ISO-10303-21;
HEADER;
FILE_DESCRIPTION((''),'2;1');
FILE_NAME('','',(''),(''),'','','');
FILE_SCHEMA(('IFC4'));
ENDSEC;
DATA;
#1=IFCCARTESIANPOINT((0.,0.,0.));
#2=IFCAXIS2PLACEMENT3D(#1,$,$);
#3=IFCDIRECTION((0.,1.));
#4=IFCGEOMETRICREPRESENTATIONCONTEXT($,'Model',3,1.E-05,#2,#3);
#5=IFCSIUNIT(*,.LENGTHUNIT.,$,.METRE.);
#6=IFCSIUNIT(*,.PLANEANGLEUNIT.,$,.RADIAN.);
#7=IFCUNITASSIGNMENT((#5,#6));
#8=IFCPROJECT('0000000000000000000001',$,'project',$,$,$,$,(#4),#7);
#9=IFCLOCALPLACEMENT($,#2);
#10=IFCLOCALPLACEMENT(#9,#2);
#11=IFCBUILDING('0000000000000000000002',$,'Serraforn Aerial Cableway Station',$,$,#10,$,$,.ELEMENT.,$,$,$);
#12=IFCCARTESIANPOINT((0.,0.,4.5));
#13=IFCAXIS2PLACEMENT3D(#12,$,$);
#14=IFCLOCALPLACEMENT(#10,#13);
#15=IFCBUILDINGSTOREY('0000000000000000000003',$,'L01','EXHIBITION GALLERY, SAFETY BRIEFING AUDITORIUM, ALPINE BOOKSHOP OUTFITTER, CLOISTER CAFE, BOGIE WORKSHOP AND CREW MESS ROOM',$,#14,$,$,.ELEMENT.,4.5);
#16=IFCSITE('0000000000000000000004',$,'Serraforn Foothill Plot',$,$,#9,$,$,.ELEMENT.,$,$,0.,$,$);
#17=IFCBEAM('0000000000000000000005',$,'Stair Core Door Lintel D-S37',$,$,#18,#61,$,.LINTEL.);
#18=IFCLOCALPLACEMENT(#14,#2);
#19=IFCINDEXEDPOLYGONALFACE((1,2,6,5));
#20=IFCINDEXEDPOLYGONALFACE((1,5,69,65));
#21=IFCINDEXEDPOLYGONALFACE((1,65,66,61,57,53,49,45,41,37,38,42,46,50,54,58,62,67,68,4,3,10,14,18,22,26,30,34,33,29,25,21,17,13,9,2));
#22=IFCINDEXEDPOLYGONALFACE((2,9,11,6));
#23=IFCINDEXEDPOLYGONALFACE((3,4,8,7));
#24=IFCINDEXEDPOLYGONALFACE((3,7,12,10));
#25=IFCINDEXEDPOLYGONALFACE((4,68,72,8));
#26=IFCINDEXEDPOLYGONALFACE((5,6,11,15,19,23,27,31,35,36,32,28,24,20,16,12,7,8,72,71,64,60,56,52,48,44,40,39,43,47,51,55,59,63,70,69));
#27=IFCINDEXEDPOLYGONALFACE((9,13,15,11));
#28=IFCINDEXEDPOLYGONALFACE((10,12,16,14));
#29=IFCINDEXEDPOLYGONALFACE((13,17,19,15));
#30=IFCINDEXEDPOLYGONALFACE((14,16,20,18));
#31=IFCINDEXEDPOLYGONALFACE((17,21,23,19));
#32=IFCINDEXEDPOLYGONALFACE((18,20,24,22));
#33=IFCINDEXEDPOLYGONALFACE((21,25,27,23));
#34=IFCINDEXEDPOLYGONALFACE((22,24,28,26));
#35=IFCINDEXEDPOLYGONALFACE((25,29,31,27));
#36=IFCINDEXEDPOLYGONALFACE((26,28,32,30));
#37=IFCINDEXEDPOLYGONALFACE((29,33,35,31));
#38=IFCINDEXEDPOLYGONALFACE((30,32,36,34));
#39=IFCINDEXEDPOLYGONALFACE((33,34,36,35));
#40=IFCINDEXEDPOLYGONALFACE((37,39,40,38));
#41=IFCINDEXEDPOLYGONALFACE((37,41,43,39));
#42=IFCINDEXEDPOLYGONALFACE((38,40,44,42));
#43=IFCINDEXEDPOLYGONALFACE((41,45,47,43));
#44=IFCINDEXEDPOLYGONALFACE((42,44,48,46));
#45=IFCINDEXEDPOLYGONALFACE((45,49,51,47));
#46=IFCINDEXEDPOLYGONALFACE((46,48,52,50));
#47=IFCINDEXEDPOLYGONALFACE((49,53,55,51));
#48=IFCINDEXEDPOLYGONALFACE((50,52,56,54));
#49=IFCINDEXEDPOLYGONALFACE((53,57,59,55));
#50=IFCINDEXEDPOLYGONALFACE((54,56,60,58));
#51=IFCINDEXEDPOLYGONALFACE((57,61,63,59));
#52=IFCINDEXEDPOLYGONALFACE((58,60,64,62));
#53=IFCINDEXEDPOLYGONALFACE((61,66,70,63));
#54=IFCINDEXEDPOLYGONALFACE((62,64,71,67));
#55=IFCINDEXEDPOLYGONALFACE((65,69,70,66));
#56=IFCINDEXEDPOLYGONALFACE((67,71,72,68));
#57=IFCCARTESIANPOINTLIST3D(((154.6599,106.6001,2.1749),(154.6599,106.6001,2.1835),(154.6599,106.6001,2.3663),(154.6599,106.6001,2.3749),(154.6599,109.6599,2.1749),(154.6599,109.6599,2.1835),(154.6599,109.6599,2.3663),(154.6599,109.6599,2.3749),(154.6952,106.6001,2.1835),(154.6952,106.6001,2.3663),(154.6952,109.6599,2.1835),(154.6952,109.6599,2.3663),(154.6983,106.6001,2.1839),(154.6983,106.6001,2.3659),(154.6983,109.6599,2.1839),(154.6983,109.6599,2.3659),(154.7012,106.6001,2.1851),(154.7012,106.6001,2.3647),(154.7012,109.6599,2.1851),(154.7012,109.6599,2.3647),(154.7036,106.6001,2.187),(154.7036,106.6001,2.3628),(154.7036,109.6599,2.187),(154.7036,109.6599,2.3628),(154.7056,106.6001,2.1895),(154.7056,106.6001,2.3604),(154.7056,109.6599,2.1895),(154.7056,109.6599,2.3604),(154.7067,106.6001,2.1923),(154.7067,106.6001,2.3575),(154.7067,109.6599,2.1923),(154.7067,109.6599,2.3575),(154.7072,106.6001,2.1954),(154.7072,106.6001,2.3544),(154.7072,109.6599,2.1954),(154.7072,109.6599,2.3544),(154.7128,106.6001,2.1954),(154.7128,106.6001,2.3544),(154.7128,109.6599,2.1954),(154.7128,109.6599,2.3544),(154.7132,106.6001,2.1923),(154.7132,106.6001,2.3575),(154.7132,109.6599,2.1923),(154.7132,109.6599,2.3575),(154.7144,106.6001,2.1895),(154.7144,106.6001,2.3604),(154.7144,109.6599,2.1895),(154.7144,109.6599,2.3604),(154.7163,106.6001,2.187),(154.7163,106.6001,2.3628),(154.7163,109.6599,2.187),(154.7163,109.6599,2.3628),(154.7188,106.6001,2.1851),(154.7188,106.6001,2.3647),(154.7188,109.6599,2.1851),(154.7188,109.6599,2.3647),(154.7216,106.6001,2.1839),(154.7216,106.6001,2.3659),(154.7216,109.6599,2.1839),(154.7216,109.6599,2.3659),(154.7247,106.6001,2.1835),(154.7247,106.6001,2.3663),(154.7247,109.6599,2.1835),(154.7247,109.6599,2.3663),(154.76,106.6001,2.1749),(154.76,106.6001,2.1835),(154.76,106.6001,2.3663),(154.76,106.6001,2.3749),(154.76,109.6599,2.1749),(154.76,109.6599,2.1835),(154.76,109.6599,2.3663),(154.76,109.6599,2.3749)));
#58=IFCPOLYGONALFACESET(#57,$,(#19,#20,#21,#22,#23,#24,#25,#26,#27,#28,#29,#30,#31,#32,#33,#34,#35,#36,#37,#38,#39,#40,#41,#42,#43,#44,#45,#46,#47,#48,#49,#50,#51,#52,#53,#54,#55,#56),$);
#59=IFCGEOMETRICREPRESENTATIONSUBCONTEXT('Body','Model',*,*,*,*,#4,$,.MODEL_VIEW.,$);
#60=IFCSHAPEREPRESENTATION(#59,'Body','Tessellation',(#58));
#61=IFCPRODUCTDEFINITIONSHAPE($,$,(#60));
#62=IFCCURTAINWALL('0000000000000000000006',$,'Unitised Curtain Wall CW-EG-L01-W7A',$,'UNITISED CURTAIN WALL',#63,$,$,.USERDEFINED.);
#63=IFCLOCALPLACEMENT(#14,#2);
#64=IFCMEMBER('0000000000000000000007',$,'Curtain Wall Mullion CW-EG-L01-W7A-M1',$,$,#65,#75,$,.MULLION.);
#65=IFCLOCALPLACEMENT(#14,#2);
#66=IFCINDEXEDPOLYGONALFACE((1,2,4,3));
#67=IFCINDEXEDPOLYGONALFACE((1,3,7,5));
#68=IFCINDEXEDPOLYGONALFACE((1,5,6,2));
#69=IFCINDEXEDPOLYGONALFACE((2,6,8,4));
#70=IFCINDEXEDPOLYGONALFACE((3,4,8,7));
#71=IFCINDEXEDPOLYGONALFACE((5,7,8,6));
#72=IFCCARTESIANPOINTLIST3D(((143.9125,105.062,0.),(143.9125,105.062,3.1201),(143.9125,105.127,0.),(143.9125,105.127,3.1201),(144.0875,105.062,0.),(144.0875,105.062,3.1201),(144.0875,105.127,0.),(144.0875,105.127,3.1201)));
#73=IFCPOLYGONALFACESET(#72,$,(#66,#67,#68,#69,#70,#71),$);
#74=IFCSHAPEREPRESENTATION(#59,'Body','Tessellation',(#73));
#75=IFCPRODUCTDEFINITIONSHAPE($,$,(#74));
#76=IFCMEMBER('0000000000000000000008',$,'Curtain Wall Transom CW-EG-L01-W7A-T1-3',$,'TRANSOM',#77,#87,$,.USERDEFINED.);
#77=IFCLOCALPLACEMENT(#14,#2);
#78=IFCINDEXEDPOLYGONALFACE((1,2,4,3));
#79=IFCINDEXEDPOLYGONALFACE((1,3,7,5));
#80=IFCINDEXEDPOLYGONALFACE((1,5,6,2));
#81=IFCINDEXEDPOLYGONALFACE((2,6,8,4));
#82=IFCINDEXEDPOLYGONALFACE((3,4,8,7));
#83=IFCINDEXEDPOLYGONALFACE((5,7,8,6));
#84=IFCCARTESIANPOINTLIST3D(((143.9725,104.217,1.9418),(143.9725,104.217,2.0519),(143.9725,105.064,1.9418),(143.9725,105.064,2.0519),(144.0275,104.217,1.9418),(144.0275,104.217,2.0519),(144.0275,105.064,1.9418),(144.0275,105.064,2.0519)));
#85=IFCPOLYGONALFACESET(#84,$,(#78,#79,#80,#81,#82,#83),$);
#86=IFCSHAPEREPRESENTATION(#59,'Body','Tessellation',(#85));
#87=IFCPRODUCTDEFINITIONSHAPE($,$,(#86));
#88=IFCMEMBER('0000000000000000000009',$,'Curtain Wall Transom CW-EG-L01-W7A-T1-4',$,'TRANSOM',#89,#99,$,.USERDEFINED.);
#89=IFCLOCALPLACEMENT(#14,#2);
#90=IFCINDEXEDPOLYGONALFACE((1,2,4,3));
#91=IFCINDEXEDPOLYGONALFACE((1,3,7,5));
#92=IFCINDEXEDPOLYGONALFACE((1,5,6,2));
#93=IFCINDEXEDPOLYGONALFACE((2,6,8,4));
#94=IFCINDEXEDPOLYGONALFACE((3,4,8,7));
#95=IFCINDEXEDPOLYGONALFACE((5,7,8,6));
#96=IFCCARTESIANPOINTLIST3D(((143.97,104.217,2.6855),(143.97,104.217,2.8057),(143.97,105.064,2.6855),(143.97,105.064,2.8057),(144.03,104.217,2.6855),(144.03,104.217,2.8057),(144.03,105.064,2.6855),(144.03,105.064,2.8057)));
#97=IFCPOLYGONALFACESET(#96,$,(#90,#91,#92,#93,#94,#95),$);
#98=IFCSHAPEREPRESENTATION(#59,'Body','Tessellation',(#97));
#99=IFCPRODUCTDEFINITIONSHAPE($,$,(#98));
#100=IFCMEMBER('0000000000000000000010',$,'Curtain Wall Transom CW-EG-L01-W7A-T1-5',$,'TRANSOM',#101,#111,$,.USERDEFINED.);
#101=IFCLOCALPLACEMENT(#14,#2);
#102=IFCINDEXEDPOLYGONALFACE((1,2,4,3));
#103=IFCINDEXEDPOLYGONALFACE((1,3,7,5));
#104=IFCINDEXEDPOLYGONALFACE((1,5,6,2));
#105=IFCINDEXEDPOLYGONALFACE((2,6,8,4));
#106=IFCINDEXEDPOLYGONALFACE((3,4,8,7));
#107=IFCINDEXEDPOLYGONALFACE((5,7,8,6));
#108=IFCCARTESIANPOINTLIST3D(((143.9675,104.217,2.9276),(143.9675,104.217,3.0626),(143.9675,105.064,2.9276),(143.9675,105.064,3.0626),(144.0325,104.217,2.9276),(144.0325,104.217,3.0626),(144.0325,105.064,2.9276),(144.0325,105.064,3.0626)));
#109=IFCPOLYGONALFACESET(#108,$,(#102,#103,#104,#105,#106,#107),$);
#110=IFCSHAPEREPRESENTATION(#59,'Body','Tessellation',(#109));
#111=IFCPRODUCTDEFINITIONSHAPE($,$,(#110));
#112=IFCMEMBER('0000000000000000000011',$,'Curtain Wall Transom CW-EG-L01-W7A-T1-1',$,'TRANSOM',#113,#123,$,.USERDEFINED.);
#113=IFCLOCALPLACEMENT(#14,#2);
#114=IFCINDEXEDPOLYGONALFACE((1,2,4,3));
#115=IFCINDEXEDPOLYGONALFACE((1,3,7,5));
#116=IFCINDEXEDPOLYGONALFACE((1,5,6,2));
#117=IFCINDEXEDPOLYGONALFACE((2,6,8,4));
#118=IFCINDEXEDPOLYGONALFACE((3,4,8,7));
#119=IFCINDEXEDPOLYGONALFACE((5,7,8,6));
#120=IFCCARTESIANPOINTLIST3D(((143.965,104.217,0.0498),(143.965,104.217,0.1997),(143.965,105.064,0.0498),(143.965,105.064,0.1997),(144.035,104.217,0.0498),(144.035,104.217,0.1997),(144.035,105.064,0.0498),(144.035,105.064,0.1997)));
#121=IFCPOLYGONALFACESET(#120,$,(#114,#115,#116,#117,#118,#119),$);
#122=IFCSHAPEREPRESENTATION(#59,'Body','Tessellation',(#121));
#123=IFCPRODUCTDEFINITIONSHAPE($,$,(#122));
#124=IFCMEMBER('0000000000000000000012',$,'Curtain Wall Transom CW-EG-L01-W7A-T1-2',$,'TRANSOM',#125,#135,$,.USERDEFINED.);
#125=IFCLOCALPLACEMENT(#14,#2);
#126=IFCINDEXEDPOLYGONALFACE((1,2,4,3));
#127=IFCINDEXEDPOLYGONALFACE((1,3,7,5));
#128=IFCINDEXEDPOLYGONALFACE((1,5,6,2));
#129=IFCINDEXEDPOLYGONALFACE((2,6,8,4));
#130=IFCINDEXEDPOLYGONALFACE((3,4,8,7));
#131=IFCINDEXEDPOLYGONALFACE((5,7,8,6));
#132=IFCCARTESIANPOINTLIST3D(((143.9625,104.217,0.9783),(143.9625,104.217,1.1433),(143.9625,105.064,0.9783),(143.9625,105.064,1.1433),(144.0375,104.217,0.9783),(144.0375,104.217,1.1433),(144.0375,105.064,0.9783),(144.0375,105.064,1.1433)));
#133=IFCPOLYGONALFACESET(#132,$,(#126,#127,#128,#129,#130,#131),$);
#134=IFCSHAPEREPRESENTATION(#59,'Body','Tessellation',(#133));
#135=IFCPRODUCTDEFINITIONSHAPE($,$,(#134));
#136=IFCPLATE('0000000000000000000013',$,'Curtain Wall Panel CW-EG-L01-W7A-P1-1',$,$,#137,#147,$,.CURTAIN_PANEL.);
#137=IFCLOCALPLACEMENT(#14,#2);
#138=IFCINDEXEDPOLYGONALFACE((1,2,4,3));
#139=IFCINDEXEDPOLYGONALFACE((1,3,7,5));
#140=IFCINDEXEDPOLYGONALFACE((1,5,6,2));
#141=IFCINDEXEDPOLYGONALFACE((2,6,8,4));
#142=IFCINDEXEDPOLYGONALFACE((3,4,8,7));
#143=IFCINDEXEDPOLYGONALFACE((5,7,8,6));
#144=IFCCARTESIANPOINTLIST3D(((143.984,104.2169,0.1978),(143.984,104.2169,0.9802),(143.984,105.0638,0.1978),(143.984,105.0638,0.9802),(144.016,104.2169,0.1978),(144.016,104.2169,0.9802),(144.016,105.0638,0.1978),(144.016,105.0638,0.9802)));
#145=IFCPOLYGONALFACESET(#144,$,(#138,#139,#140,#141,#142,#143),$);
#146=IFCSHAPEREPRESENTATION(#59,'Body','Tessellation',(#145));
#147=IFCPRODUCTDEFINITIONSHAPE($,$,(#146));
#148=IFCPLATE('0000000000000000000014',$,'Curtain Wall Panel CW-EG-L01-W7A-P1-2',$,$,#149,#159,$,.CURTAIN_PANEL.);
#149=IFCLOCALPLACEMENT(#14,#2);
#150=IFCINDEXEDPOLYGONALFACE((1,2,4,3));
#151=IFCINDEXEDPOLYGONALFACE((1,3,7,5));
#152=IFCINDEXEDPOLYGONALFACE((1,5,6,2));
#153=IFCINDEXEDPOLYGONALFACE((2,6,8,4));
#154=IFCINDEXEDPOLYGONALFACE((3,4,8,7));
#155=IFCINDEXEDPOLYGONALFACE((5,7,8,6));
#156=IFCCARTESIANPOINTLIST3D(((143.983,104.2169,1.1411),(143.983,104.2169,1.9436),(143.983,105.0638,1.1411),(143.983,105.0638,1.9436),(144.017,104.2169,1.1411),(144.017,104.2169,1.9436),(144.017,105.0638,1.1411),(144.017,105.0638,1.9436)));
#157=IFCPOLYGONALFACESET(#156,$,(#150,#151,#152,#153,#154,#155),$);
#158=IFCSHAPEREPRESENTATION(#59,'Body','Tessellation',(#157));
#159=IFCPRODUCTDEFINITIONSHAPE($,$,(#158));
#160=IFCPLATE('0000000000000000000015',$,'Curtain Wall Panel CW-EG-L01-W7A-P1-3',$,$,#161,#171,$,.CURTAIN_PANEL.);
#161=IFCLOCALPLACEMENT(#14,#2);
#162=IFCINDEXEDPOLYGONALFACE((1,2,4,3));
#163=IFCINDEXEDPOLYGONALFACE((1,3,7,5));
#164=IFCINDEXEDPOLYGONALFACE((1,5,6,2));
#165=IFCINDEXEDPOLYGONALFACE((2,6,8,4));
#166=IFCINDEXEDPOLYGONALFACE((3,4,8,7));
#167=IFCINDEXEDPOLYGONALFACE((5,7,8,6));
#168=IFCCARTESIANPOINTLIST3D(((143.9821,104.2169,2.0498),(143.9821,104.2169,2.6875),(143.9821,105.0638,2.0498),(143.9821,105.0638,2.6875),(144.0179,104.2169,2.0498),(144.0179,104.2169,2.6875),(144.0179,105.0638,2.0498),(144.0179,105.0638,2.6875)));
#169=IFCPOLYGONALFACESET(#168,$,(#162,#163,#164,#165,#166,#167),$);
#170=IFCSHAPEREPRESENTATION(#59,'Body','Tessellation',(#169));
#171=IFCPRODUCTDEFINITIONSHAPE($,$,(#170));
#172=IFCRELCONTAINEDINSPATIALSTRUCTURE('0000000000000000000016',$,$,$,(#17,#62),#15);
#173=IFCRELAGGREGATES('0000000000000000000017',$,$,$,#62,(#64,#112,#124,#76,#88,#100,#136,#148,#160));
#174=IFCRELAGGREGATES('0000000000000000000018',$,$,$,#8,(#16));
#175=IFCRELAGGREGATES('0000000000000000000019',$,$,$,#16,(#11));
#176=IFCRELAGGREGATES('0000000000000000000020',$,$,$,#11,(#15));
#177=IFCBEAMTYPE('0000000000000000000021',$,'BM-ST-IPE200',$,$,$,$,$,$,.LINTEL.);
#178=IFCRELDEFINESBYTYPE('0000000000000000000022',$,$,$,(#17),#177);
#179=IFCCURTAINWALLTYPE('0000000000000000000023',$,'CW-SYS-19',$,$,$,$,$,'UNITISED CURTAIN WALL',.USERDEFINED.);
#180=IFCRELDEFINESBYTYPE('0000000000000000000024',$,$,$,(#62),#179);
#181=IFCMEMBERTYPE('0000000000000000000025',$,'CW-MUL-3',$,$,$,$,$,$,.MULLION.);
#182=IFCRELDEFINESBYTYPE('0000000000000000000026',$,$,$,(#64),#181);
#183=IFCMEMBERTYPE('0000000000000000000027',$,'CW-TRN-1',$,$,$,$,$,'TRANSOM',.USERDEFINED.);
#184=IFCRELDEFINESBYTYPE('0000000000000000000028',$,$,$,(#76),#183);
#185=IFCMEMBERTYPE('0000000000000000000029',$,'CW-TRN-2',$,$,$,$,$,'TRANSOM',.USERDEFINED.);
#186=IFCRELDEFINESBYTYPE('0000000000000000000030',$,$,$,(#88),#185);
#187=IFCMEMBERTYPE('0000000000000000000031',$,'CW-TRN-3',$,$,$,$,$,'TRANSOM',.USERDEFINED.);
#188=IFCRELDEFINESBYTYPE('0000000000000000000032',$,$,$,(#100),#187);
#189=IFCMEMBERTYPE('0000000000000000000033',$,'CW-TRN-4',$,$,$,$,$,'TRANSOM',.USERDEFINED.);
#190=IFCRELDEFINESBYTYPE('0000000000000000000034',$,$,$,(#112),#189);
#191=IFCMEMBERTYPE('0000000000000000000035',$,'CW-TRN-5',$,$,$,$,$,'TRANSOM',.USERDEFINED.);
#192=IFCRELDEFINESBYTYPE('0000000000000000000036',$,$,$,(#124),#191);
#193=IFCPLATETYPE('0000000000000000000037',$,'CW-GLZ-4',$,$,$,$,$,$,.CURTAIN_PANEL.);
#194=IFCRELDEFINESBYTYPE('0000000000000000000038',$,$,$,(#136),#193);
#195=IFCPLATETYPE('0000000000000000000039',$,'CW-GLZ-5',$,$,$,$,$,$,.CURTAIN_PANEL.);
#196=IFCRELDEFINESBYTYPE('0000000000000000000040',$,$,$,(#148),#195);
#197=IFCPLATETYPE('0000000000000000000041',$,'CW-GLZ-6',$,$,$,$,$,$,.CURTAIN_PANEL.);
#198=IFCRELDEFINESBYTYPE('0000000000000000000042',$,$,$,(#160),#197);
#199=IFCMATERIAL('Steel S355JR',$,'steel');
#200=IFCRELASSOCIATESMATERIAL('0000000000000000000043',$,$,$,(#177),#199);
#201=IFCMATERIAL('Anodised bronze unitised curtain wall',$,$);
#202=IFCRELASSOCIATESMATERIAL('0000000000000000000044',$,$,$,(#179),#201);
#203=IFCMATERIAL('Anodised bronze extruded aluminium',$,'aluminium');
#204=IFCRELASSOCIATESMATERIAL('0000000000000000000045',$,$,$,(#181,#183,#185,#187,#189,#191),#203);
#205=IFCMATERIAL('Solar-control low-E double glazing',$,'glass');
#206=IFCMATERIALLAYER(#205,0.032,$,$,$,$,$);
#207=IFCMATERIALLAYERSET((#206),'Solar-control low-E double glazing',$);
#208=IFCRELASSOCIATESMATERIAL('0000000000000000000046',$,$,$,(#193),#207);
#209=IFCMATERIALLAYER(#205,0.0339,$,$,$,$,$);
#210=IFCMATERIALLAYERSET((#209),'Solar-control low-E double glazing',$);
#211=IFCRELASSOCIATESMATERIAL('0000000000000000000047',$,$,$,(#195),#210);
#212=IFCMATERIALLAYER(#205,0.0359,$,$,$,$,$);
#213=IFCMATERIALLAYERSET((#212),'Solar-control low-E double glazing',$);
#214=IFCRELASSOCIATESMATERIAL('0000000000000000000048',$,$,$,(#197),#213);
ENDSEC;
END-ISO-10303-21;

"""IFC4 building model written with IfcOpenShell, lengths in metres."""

from ifc_helpers import new_model, si_unit, direction, frame, origin, origin_2d, place, context, subcontext, project, spatial, rectangle, i_section, extrude, material, layer, layer_set, material_profile, profile_set, type_object, element, aggregate, save


model = new_model("IFC4")

# Units and contexts
model_context = context("Model", 3, precision=1e-05, world=origin(), true_north=direction((0.0, 1.0)))
body_context = subcontext(model_context, "Body", "Model", "MODEL_VIEW")
ifc_project = project(units=[si_unit("LENGTHUNIT", "METRE"), si_unit("PLANEANGLEUNIT", "RADIAN")], contexts=[model_context])

# Site, building, storey
site_placement = place(None, origin())
site = spatial("IfcSite", under=ifc_project, at=site_placement, Name="Serraforn Foothill Plot", CompositionType="ELEMENT", RefElevation=0.0)
building_placement = place(site_placement, origin())
building = spatial("IfcBuilding", under=site, at=building_placement, Name="Serraforn Aerial Cableway Station", CompositionType="ELEMENT")
storey_placement = place(building_placement, frame((0.0, 0.0, 4.5)))
storey = spatial("IfcBuildingStorey", under=building, at=storey_placement, Name="L01", Description="EXHIBITION GALLERY, SAFETY BRIEFING AUDITORIUM, ALPINE BOOKSHOP OUTFITTER, CLOISTER CAFE, BOGIE WORKSHOP AND CREW MESS ROOM", CompositionType="ELEMENT", Elevation=4.5)

# Beam
ifc_material_1 = material(Name="Steel S355JR", Category="steel")
ifc_material_profile_1 = material_profile(ifc_material_1, i_section(OverallWidth=0.1001, OverallDepth=0.2, WebThickness=0.0056, FlangeThickness=0.0085, FilletRadius=0.012, at=origin_2d()), Name="IPE 200")
ifc_profile_set_1 = profile_set([ifc_material_profile_1], Name="Steel S355JR")
beam_type = type_object("IfcBeamType", Name="BM-ST-IPE200", PredefinedType="LINTEL", material=ifc_profile_set_1)
beam_placement = place(storey_placement, frame((154.71, 109.6599, 2.2749), z_axis=(0.0, -1.0, 0.0), x_axis=(1.0, 0.0, 0.0)))
element("IfcBeam", 1, at=beam_placement, inside=storey, type_object=beam_type, Name="Stair Core Door Lintel D-S37", PredefinedType="LINTEL", context=body_context, shape_type="SweptSolid", body=[
    extrude(i_section(OverallWidth=0.1001, OverallDepth=0.2, WebThickness=0.0056, FlangeThickness=0.0085, FilletRadius=0.012, at=origin_2d()), origin(), (0.0, 0.0, 1.0), 3.0598),
])

# Curtain wall, members, plates
ifc_material_2 = material(Name="Anodised bronze unitised curtain wall")
curtain_wall_type = type_object("IfcCurtainWallType", Name="CW-SYS-19", ElementType="UNITISED CURTAIN WALL", PredefinedType="USERDEFINED", material=ifc_material_2)
curtain_wall_placement = place(storey_placement, origin())
curtain_wall = element("IfcCurtainWall", 2, at=curtain_wall_placement, inside=storey, type_object=curtain_wall_type, Name="Unitised Curtain Wall CW-EG-L01-W7A", ObjectType="UNITISED CURTAIN WALL", PredefinedType="USERDEFINED")
ifc_material_3 = material(Name="Anodised bronze extruded aluminium", Category="aluminium")
ifc_material_profile_2 = material_profile(ifc_material_3, rectangle(XDim=0.0649, YDim=0.175, at=origin_2d()), Name="CW MULLION 65x175")
ifc_profile_set_2 = profile_set([ifc_material_profile_2], Name="Anodised bronze extruded aluminium")
member_type_1 = type_object("IfcMemberType", Name="CW-MUL-3", PredefinedType="MULLION", material=ifc_profile_set_2)
member_1_placement = place(storey_placement, frame((144.0, 105.0945, 0.0), z_axis=(0.0, 0.0, 1.0), x_axis=(0.0, -1.0, 0.0)))
member_1 = element("IfcMember", 3, at=member_1_placement, type_object=member_type_1, Name="Curtain Wall Mullion CW-EG-L01-W7A-M1", PredefinedType="MULLION", context=body_context, shape_type="SweptSolid", body=[
    extrude(rectangle(XDim=0.0649, YDim=0.175, at=origin_2d()), origin(), (0.0, 0.0, 1.0), 3.1201),
])
ifc_material_profile_3 = material_profile(ifc_material_3, rectangle(XDim=0.0549, YDim=0.1101, at=origin_2d()), Name="CW TRANSOM 55x110")
ifc_profile_set_3 = profile_set([ifc_material_profile_3], Name="Anodised bronze extruded aluminium")
member_type_2 = type_object("IfcMemberType", Name="CW-TRN-1", ElementType="TRANSOM", PredefinedType="USERDEFINED", material=ifc_profile_set_3)
member_2_placement = place(storey_placement, frame((144.0, 105.064, 1.9968), z_axis=(0.0, -1.0, 0.0), x_axis=(1.0, 0.0, 0.0)))
member_2 = element("IfcMember", 4, at=member_2_placement, type_object=member_type_2, Name="Curtain Wall Transom CW-EG-L01-W7A-T1-3", ObjectType="TRANSOM", PredefinedType="USERDEFINED", context=body_context, shape_type="SweptSolid", body=[
    extrude(rectangle(XDim=0.0549, YDim=0.1101, at=origin_2d()), origin(), (0.0, 0.0, 1.0), 0.8469),
])
ifc_material_profile_4 = material_profile(ifc_material_3, rectangle(XDim=0.0601, YDim=0.1201, at=origin_2d()), Name="CW TRANSOM 60x120")
ifc_profile_set_4 = profile_set([ifc_material_profile_4], Name="Anodised bronze extruded aluminium")
member_type_3 = type_object("IfcMemberType", Name="CW-TRN-2", ElementType="TRANSOM", PredefinedType="USERDEFINED", material=ifc_profile_set_4)
member_3_placement = place(storey_placement, frame((144.0, 105.064, 2.7456), z_axis=(0.0, -1.0, 0.0), x_axis=(1.0, 0.0, 0.0)))
member_3 = element("IfcMember", 5, at=member_3_placement, type_object=member_type_3, Name="Curtain Wall Transom CW-EG-L01-W7A-T1-4", ObjectType="TRANSOM", PredefinedType="USERDEFINED", context=body_context, shape_type="SweptSolid", body=[
    extrude(rectangle(XDim=0.0601, YDim=0.1201, at=origin_2d()), origin(), (0.0, 0.0, 1.0), 0.8469),
])
ifc_material_profile_5 = material_profile(ifc_material_3, rectangle(XDim=0.0649, YDim=0.135, at=origin_2d()), Name="CW TRANSOM 65x135")
ifc_profile_set_5 = profile_set([ifc_material_profile_5], Name="Anodised bronze extruded aluminium")
member_type_4 = type_object("IfcMemberType", Name="CW-TRN-3", ElementType="TRANSOM", PredefinedType="USERDEFINED", material=ifc_profile_set_5)
member_4_placement = place(storey_placement, frame((144.0, 105.064, 2.9951), z_axis=(0.0, -1.0, 0.0), x_axis=(1.0, 0.0, 0.0)))
member_4 = element("IfcMember", 6, at=member_4_placement, type_object=member_type_4, Name="Curtain Wall Transom CW-EG-L01-W7A-T1-5", ObjectType="TRANSOM", PredefinedType="USERDEFINED", context=body_context, shape_type="SweptSolid", body=[
    extrude(rectangle(XDim=0.0649, YDim=0.135, at=origin_2d()), origin(), (0.0, 0.0, 1.0), 0.8469),
])
ifc_material_profile_6 = material_profile(ifc_material_3, rectangle(XDim=0.0701, YDim=0.1499, at=origin_2d()), Name="CW TRANSOM 70x150")
ifc_profile_set_6 = profile_set([ifc_material_profile_6], Name="Anodised bronze extruded aluminium")
member_type_5 = type_object("IfcMemberType", Name="CW-TRN-4", ElementType="TRANSOM", PredefinedType="USERDEFINED", material=ifc_profile_set_6)
member_5_placement = place(storey_placement, frame((144.0, 105.064, 0.1248), z_axis=(0.0, -1.0, 0.0), x_axis=(1.0, 0.0, 0.0)))
member_5 = element("IfcMember", 7, at=member_5_placement, type_object=member_type_5, Name="Curtain Wall Transom CW-EG-L01-W7A-T1-1", ObjectType="TRANSOM", PredefinedType="USERDEFINED", context=body_context, shape_type="SweptSolid", body=[
    extrude(rectangle(XDim=0.0701, YDim=0.1499, at=origin_2d()), origin(), (0.0, 0.0, 1.0), 0.8469),
])
ifc_material_profile_7 = material_profile(ifc_material_3, rectangle(XDim=0.075, YDim=0.165, at=origin_2d()), Name="CW TRANSOM 75x165")
ifc_profile_set_7 = profile_set([ifc_material_profile_7], Name="Anodised bronze extruded aluminium")
member_type_6 = type_object("IfcMemberType", Name="CW-TRN-5", ElementType="TRANSOM", PredefinedType="USERDEFINED", material=ifc_profile_set_7)
member_6_placement = place(storey_placement, frame((144.0, 105.064, 1.0608), z_axis=(0.0, -1.0, 0.0), x_axis=(1.0, 0.0, 0.0)))
member_6 = element("IfcMember", 8, at=member_6_placement, type_object=member_type_6, Name="Curtain Wall Transom CW-EG-L01-W7A-T1-2", ObjectType="TRANSOM", PredefinedType="USERDEFINED", context=body_context, shape_type="SweptSolid", body=[
    extrude(rectangle(XDim=0.075, YDim=0.165, at=origin_2d()), origin(), (0.0, 0.0, 1.0), 0.8469),
])
ifc_material_4 = material(Name="Solar-control low-E double glazing", Category="glass")
ifc_layer_1 = layer(ifc_material_4, 0.032)
ifc_layer_set_1 = layer_set([ifc_layer_1], Name="Solar-control low-E double glazing")
plate_type_1 = type_object("IfcPlateType", Name="CW-GLZ-4", PredefinedType="CURTAIN_PANEL", material=ifc_layer_set_1)
plate_1_placement = place(storey_placement, frame((144.0, 104.6404, 0.1978), z_axis=(0.0, 0.0, 1.0), x_axis=(1.0, 0.0, 0.0)))
plate_1 = element("IfcPlate", 9, at=plate_1_placement, type_object=plate_type_1, Name="Curtain Wall Panel CW-EG-L01-W7A-P1-1", PredefinedType="CURTAIN_PANEL", context=body_context, shape_type="SweptSolid", body=[
    extrude(rectangle(XDim=0.032, YDim=0.8469, at=origin_2d()), origin(), (0.0, 0.0, 1.0), 0.7825),
])
ifc_layer_2 = layer(ifc_material_4, 0.0339)
ifc_layer_set_2 = layer_set([ifc_layer_2], Name="Solar-control low-E double glazing")
plate_type_2 = type_object("IfcPlateType", Name="CW-GLZ-5", PredefinedType="CURTAIN_PANEL", material=ifc_layer_set_2)
plate_2_placement = place(storey_placement, frame((144.0, 104.6404, 1.1411), z_axis=(0.0, 0.0, 1.0), x_axis=(1.0, 0.0, 0.0)))
plate_2 = element("IfcPlate", 10, at=plate_2_placement, type_object=plate_type_2, Name="Curtain Wall Panel CW-EG-L01-W7A-P1-2", PredefinedType="CURTAIN_PANEL", context=body_context, shape_type="SweptSolid", body=[
    extrude(rectangle(XDim=0.0339, YDim=0.8469, at=origin_2d()), origin(), (0.0, 0.0, 1.0), 0.8025),
])
ifc_layer_3 = layer(ifc_material_4, 0.0359)
ifc_layer_set_3 = layer_set([ifc_layer_3], Name="Solar-control low-E double glazing")
plate_type_3 = type_object("IfcPlateType", Name="CW-GLZ-6", PredefinedType="CURTAIN_PANEL", material=ifc_layer_set_3)
plate_3_placement = place(storey_placement, frame((144.0, 104.6404, 2.0498), z_axis=(0.0, 0.0, 1.0), x_axis=(1.0, 0.0, 0.0)))
plate_3 = element("IfcPlate", 11, at=plate_3_placement, type_object=plate_type_3, Name="Curtain Wall Panel CW-EG-L01-W7A-P1-3", PredefinedType="CURTAIN_PANEL", context=body_context, shape_type="SweptSolid", body=[
    extrude(rectangle(XDim=0.0359, YDim=0.8469, at=origin_2d()), origin(), (0.0, 0.0, 1.0), 0.6377),
])
aggregate(curtain_wall, [member_1, member_5, member_6, member_2, member_3, member_4, plate_1, plate_2, plate_3])

save(model, "model.ifc")
